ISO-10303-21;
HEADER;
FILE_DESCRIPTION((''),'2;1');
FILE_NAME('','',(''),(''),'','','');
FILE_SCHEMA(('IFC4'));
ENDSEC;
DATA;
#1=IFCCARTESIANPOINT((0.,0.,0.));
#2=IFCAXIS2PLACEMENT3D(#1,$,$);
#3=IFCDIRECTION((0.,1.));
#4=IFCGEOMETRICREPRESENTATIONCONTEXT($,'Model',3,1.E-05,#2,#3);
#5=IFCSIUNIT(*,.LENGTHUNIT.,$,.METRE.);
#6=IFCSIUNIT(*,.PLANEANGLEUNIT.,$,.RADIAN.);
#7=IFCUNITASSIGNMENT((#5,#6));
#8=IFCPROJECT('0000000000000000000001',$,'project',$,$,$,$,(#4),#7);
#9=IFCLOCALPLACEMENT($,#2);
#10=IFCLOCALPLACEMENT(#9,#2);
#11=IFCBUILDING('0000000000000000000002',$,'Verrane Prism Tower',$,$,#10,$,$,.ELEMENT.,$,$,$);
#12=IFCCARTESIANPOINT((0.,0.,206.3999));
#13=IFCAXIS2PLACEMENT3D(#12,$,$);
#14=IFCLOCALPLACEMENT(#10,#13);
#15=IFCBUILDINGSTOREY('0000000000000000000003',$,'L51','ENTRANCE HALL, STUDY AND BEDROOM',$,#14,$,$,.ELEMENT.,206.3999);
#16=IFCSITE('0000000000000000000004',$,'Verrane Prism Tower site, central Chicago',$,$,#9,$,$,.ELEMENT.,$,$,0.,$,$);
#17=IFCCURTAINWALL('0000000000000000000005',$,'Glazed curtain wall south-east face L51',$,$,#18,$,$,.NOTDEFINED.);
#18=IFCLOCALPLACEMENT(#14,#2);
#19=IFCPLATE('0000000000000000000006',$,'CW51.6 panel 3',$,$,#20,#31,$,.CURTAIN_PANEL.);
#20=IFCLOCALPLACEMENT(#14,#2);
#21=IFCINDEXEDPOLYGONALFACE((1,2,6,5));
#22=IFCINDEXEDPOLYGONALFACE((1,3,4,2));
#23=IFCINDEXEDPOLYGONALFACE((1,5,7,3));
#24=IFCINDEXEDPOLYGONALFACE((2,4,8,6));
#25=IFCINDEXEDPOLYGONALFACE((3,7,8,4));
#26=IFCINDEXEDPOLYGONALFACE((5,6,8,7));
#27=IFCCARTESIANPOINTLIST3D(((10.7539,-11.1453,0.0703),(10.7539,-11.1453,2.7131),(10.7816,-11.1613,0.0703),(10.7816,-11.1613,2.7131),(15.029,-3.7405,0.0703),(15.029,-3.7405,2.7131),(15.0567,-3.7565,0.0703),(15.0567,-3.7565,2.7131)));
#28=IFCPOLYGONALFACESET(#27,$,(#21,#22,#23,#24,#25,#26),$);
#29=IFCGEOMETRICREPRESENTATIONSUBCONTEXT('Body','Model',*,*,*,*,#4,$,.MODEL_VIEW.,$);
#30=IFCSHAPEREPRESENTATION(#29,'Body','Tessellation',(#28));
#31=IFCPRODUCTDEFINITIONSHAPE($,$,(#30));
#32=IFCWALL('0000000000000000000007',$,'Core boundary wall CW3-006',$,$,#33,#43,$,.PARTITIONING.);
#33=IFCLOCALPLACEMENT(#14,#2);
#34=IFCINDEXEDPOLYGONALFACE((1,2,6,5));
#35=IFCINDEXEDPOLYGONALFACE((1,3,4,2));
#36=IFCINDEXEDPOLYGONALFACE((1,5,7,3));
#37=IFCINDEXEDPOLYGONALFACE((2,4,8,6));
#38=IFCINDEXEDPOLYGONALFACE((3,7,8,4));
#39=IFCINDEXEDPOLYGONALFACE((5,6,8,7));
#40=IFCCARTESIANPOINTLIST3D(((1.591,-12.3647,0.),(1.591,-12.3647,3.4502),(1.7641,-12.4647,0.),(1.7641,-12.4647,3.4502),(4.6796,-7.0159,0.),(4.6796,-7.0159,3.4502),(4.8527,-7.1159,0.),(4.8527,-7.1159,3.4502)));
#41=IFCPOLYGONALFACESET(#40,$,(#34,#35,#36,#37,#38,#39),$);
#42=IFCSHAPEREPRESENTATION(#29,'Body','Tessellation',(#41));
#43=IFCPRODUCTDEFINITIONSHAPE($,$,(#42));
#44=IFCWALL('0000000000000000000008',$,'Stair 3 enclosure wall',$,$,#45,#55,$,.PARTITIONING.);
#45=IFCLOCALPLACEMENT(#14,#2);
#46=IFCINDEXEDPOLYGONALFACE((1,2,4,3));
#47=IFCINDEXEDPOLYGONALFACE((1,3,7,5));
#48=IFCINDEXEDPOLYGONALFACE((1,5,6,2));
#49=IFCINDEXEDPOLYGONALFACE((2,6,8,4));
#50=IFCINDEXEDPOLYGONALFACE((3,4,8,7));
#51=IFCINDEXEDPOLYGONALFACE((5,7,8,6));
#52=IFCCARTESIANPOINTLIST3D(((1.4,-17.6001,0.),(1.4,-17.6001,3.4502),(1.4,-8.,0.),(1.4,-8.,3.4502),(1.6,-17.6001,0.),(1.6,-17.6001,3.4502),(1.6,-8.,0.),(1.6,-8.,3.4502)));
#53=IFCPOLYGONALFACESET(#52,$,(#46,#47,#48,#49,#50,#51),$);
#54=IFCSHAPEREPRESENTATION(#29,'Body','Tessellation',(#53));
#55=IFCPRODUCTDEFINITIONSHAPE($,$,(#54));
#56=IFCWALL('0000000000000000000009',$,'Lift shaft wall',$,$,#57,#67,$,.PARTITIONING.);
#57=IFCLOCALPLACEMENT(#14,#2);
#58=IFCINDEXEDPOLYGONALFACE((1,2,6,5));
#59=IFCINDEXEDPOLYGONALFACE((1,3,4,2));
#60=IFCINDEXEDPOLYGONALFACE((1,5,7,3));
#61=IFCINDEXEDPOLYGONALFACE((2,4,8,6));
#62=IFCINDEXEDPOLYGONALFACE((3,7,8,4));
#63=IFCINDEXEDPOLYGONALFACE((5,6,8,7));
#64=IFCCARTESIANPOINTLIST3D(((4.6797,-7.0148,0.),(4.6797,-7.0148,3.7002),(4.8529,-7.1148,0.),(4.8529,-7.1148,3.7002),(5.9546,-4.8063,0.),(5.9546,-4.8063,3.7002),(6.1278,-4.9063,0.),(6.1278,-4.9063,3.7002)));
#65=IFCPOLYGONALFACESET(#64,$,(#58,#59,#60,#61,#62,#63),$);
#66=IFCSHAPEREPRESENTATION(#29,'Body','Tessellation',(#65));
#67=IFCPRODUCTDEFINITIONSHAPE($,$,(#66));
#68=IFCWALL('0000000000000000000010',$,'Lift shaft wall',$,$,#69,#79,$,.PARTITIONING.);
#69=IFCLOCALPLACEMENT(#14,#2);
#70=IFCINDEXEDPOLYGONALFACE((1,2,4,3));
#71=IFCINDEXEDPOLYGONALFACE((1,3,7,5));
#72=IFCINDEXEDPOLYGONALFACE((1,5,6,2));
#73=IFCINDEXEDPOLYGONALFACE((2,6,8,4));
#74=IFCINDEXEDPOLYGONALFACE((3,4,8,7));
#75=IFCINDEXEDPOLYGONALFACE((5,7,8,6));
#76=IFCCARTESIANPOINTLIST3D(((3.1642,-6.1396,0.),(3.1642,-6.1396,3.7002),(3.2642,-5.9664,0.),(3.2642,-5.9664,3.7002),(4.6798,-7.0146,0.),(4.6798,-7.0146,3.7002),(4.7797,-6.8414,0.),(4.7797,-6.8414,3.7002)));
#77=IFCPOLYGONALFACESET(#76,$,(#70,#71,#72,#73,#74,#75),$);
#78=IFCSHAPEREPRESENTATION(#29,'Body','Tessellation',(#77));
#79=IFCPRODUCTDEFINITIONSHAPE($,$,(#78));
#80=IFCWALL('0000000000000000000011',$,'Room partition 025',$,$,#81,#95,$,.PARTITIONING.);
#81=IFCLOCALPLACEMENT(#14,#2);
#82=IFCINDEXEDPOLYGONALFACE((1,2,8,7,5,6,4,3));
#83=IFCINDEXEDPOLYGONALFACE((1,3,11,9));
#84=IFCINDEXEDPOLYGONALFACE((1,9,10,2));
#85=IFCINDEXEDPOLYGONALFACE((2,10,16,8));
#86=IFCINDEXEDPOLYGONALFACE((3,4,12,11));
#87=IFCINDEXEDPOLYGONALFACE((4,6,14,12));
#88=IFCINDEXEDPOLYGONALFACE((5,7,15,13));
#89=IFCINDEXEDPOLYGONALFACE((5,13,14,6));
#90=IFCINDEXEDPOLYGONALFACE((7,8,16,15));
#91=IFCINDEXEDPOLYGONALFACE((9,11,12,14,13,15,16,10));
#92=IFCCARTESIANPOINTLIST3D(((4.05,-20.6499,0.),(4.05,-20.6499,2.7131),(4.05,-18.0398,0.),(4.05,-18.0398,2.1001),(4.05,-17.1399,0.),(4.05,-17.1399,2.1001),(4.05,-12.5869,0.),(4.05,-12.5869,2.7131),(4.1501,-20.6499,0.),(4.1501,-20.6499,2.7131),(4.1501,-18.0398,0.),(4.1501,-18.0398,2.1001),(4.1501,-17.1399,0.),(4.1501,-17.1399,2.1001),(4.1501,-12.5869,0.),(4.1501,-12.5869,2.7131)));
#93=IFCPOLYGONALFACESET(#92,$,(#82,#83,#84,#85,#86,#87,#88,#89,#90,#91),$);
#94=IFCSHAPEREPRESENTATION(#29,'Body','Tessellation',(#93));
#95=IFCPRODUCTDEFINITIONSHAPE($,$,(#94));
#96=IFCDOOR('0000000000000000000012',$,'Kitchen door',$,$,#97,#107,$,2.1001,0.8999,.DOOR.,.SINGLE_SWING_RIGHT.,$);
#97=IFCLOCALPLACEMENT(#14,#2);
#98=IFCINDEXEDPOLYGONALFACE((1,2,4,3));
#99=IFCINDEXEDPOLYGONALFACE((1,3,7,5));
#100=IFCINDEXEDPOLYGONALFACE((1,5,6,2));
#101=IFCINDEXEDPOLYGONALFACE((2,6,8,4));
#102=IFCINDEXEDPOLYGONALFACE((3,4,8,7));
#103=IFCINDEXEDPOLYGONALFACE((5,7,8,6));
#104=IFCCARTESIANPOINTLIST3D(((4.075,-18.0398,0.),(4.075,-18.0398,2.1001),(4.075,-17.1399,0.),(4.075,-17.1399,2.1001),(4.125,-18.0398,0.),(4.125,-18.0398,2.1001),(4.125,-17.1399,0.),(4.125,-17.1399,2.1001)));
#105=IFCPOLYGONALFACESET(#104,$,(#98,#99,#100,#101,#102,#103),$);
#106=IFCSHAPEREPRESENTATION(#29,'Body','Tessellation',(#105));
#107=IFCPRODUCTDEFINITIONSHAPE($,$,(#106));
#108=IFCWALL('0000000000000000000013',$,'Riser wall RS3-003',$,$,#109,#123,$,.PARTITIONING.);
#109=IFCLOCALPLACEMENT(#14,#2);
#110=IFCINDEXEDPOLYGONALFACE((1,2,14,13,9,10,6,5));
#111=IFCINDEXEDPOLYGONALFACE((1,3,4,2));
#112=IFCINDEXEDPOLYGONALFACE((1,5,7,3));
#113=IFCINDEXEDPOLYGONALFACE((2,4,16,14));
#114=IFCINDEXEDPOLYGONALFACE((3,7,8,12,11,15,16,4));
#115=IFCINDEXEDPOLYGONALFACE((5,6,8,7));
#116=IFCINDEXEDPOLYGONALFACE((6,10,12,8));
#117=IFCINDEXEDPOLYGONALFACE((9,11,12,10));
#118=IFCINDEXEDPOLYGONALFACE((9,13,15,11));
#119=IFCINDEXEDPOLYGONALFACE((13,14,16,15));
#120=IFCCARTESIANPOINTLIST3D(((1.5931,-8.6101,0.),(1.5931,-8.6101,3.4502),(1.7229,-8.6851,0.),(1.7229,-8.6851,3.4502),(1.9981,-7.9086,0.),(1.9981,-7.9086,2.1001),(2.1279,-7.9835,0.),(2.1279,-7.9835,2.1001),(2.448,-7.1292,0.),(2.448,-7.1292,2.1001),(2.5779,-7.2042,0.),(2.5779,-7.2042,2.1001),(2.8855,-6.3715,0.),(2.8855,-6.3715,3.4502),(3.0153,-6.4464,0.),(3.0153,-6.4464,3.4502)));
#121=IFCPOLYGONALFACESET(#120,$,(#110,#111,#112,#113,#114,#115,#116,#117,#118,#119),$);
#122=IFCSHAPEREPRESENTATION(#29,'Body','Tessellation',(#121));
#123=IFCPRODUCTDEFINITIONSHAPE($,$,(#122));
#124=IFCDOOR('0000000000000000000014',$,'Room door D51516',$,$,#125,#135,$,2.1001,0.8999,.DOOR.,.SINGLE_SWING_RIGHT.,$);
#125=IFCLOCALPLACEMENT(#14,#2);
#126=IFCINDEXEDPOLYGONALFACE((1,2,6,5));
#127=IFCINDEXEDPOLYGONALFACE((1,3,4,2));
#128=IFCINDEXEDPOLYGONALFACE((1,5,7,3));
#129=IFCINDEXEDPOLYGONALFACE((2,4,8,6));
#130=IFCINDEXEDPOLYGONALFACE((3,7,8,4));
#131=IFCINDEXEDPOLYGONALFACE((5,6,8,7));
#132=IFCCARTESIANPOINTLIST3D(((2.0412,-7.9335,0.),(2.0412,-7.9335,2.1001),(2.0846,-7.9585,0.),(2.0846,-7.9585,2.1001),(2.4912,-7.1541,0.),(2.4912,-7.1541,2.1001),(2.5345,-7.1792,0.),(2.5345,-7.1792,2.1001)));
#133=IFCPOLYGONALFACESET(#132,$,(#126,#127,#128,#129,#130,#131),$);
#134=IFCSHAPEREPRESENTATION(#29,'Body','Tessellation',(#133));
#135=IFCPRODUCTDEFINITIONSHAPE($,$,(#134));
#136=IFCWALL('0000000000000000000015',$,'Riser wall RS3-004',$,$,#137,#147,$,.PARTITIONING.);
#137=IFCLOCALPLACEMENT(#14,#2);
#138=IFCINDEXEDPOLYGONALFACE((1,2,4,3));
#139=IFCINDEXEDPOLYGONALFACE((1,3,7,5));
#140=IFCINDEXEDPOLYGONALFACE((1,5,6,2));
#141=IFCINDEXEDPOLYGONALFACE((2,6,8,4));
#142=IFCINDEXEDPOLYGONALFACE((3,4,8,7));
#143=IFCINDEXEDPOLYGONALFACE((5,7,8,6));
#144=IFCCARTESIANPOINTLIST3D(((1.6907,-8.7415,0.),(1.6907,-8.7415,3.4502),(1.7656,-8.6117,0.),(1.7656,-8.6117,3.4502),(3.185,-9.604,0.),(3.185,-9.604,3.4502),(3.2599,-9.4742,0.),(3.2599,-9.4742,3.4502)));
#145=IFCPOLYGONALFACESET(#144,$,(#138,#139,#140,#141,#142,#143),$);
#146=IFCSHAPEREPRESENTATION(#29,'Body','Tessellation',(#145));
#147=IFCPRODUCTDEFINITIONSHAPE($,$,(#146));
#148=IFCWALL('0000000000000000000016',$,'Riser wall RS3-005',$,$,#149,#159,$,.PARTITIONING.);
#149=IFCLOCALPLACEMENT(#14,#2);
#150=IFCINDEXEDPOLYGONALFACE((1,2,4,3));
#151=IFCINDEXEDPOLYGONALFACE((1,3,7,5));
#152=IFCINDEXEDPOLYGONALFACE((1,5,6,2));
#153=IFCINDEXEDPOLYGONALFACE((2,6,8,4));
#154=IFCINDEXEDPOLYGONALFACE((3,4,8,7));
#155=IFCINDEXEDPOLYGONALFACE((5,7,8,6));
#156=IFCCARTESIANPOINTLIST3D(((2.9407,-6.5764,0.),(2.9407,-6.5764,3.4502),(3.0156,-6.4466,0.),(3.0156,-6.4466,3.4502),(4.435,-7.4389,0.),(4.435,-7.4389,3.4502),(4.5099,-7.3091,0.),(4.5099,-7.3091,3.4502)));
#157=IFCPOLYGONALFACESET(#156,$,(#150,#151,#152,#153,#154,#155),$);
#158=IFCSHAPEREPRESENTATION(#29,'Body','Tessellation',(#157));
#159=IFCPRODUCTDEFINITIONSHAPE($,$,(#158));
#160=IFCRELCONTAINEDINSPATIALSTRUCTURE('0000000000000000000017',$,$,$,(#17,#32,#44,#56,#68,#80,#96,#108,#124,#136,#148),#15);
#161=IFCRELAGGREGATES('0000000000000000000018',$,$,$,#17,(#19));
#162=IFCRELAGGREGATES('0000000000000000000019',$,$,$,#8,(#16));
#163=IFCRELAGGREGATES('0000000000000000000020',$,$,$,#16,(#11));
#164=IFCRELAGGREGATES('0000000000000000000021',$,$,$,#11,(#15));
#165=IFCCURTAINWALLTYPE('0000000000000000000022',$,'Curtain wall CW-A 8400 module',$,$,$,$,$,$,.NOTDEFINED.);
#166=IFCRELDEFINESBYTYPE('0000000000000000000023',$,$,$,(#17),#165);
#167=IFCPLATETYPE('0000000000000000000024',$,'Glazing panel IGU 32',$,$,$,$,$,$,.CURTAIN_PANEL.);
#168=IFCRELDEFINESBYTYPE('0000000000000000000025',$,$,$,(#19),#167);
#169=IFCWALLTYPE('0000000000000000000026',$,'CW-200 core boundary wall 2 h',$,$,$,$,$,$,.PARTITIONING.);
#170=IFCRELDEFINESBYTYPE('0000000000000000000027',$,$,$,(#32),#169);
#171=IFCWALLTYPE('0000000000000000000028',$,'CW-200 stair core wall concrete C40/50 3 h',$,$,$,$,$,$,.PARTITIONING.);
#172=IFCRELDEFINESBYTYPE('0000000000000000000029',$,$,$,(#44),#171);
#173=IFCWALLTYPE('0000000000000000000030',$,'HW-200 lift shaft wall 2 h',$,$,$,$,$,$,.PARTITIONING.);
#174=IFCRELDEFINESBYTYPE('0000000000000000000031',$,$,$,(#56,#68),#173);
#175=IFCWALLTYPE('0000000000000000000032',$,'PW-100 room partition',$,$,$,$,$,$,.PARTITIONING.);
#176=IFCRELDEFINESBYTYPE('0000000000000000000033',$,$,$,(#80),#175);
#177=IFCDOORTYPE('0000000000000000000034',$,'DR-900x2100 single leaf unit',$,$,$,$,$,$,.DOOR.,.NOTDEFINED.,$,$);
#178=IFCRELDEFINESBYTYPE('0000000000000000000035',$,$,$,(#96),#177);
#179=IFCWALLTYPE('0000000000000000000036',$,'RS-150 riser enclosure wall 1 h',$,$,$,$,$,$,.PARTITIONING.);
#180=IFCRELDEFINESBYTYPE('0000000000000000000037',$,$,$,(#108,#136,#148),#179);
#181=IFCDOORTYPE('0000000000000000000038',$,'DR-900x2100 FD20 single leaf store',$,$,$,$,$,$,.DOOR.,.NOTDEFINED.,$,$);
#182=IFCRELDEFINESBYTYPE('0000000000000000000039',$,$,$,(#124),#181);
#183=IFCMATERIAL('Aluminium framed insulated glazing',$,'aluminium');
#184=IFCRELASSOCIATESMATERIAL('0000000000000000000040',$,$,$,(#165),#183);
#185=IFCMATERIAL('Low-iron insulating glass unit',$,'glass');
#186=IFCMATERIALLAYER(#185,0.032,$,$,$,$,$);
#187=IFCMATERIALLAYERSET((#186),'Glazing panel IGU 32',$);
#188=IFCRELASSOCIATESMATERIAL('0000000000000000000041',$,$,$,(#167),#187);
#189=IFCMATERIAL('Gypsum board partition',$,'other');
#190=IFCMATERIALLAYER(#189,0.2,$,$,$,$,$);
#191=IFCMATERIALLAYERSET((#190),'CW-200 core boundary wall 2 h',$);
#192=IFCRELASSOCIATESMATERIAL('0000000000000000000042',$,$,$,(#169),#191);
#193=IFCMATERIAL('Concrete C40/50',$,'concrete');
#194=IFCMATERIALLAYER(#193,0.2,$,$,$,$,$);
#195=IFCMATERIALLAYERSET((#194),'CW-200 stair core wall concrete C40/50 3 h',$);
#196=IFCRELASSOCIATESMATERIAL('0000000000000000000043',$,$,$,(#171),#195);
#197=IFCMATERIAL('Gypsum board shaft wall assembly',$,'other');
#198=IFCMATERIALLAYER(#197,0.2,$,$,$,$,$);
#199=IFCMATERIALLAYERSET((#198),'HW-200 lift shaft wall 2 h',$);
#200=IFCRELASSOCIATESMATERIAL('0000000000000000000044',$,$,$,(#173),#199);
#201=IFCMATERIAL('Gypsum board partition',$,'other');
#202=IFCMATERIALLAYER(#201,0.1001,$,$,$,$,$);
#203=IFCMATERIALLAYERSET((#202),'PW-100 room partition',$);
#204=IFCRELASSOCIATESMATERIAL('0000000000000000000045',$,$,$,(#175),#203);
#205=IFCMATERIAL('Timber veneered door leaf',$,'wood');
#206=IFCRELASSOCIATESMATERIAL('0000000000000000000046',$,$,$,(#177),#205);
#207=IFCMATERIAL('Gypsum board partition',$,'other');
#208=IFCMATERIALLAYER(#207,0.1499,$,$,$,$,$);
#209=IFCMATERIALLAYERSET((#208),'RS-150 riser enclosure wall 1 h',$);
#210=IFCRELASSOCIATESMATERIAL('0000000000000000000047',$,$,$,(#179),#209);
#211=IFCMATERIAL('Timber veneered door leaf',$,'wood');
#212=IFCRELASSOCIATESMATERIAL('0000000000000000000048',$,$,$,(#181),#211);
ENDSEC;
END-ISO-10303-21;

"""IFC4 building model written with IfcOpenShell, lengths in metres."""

from ifc_helpers import new_model, si_unit, direction, frame, frame_2d, origin, origin_2d, place, context, subcontext, project, spatial, rectangle, extrude, material, layer, layer_set, type_object, element, fill, aggregate, save


model = new_model("IFC4")

# Units and contexts
model_context = context("Model", 3, precision=1e-05, world=origin(), true_north=direction((0.0, 1.0)))
body_context = subcontext(model_context, "Body", "Model", "MODEL_VIEW")
ifc_project = project(units=[si_unit("LENGTHUNIT", "METRE"), si_unit("PLANEANGLEUNIT", "RADIAN")], contexts=[model_context])

# Site, building, storey
site_placement = place(None, origin())
site = spatial("IfcSite", under=ifc_project, at=site_placement, Name="Verrane Prism Tower site, central Chicago", CompositionType="ELEMENT", RefElevation=0.0)
building_placement = place(site_placement, origin())
building = spatial("IfcBuilding", under=site, at=building_placement, Name="Verrane Prism Tower", CompositionType="ELEMENT")
storey_placement = place(building_placement, frame((0.0, 0.0, 206.3999)))
storey = spatial("IfcBuildingStorey", under=building, at=storey_placement, Name="L51", Description="ENTRANCE HALL, STUDY AND BEDROOM", CompositionType="ELEMENT", Elevation=206.3999)

# Curtain wall
ifc_material_1 = material(Name="Aluminium framed insulated glazing", Category="aluminium")
curtain_wall_type = type_object("IfcCurtainWallType", Name="Curtain wall CW-A 8400 module", PredefinedType="NOTDEFINED", material=ifc_material_1)
curtain_wall_placement = place(storey_placement, origin())
curtain_wall = element("IfcCurtainWall", 1, at=curtain_wall_placement, inside=storey, type_object=curtain_wall_type, Name="Glazed curtain wall south-east face L51", PredefinedType="NOTDEFINED")

# Plate
ifc_material_2 = material(Name="Low-iron insulating glass unit", Category="glass")
ifc_layer_1 = layer(ifc_material_2, 0.032)
ifc_layer_set_1 = layer_set([ifc_layer_1], Name="Glazing panel IGU 32")
plate_type = type_object("IfcPlateType", Name="Glazing panel IGU 32", PredefinedType="CURTAIN_PANEL", material=ifc_layer_set_1)
plate_placement = place(storey_placement, frame((12.9053, -7.4509, 0.0703), z_axis=(0.0, 0.0, 1.0), x_axis=(0.499999, 0.866026, 0.0)))
plate = element("IfcPlate", 2, at=plate_placement, type_object=plate_type, Name="CW51.6 panel 3", PredefinedType="CURTAIN_PANEL", context=body_context, shape_type="SweptSolid", body=[
    extrude(rectangle(XDim=8.5503, YDim=0.032, at=origin_2d()), origin(), (0.0, 0.0, 1.0), 2.6428),
])
aggregate(curtain_wall, [plate])

# Walls
ifc_material_3 = material(Name="Gypsum board partition", Category="other")
ifc_layer_2 = layer(ifc_material_3, 0.2)
ifc_layer_set_2 = layer_set([ifc_layer_2], Name="CW-200 core boundary wall 2 h")
wall_type_1 = type_object("IfcWallType", Name="CW-200 core boundary wall 2 h", PredefinedType="PARTITIONING", material=ifc_layer_set_2)
wall_1_placement = place(storey_placement, frame((1.6775, -12.4148, 0.0), z_axis=(0.0, 0.0, 1.0), x_axis=(0.500054, 0.865994, 0.0)))
element("IfcWall", 3, at=wall_1_placement, inside=storey, type_object=wall_type_1, Name="Core boundary wall CW3-006", PredefinedType="PARTITIONING", context=body_context, shape_type="SweptSolid", body=[
    extrude(rectangle(XDim=6.1765, YDim=0.2, at=frame_2d((3.0884, 0.0))), origin(), (0.0, 0.0, 1.0), 3.4502),
])
ifc_material_4 = material(Name="Concrete C40/50", Category="concrete")
ifc_layer_3 = layer(ifc_material_4, 0.2)
ifc_layer_set_3 = layer_set([ifc_layer_3], Name="CW-200 stair core wall concrete C40/50 3 h")
wall_type_2 = type_object("IfcWallType", Name="CW-200 stair core wall concrete C40/50 3 h", PredefinedType="PARTITIONING", material=ifc_layer_set_3)
wall_2_placement = place(storey_placement, frame((1.5, -8.0, 0.0), z_axis=(0.0, 0.0, 1.0), x_axis=(0.0, -1.0, 0.0)))
element("IfcWall", 4, at=wall_2_placement, inside=storey, type_object=wall_type_2, Name="Stair 3 enclosure wall", PredefinedType="PARTITIONING", context=body_context, shape_type="SweptSolid", body=[
    extrude(rectangle(XDim=9.6001, YDim=0.2, at=frame_2d((4.8, 0.0))), origin(), (0.0, 0.0, 1.0), 3.4502),
])
ifc_material_5 = material(Name="Gypsum board shaft wall assembly", Category="other")
ifc_layer_4 = layer(ifc_material_5, 0.2)
ifc_layer_set_4 = layer_set([ifc_layer_4], Name="HW-200 lift shaft wall 2 h")
wall_type_3 = type_object("IfcWallType", Name="HW-200 lift shaft wall 2 h", PredefinedType="PARTITIONING", material=ifc_layer_set_4)
wall_3_placement = place(storey_placement, frame((4.7664, -7.0647, 0.0), z_axis=(0.0, 0.0, 1.0), x_axis=(0.499949, 0.866055, 0.0)))
element("IfcWall", 5, at=wall_3_placement, inside=storey, type_object=wall_type_3, Name="Lift shaft wall", PredefinedType="PARTITIONING", context=body_context, shape_type="SweptSolid", body=[
    extrude(rectangle(XDim=2.55, YDim=0.2, at=frame_2d((1.2749, 0.0))), origin(), (0.0, 0.0, 1.0), 3.7002),
])
wall_4_placement = place(storey_placement, frame((4.7297, -6.928, 0.0), z_axis=(0.0, 0.0, 1.0), x_axis=(-0.866037, 0.49998, 0.0)))
element("IfcWall", 6, at=wall_4_placement, inside=storey, type_object=wall_type_3, Name="Lift shaft wall", PredefinedType="PARTITIONING", context=body_context, shape_type="SweptSolid", body=[
    extrude(rectangle(XDim=1.75, YDim=0.2, at=frame_2d((0.875, 0.0))), origin(), (0.0, 0.0, 1.0), 3.7002),
])

# Walls, openings, doors
ifc_material_6 = material(Name="Gypsum board partition", Category="other")
ifc_layer_5 = layer(ifc_material_6, 0.1001)
ifc_layer_set_5 = layer_set([ifc_layer_5], Name="PW-100 room partition")
wall_type_4 = type_object("IfcWallType", Name="PW-100 room partition", PredefinedType="PARTITIONING", material=ifc_layer_set_5)
wall_5_placement = place(storey_placement, frame((4.1001, -12.5869, 0.0), z_axis=(0.0, 0.0, 1.0), x_axis=(0.0, -1.0, 0.0)))
wall_5 = element("IfcWall", 7, at=wall_5_placement, inside=storey, type_object=wall_type_4, Name="Room partition 025", PredefinedType="PARTITIONING", context=body_context, shape_type="SweptSolid", body=[
    extrude(rectangle(XDim=8.063, YDim=0.1001, at=frame_2d((4.0315, 0.0))), origin(), (0.0, 0.0, 1.0), 2.7131),
])
opening_1_placement = place(wall_5_placement, frame((4.553, 0.0, 0.0)))
opening_1 = element("IfcOpeningElement", 8, at=opening_1_placement, cuts=wall_5, PredefinedType="OPENING", context=body_context, shape_type="SweptSolid", body=[
    extrude(rectangle(XDim=0.8999, YDim=2.1001, at=frame_2d((0.45, 1.05))), frame((0.0, 0.0601, 0.0), z_axis=(0.0, -1.0, 0.0), x_axis=(1.0, 0.0, 0.0)), (0.0, 0.0, 1.0), 0.1201),
])
ifc_material_7 = material(Name="Timber veneered door leaf", Category="wood")
door_type_1 = type_object("IfcDoorType", Name="DR-900x2100 single leaf unit", OperationType="NOTDEFINED", PredefinedType="DOOR", material=ifc_material_7)
door_1_placement = place(opening_1_placement, origin())
door_1 = element("IfcDoor", 9, at=door_1_placement, inside=storey, type_object=door_type_1, Name="Kitchen door", OperationType="SINGLE_SWING_RIGHT", OverallHeight=2.1001, OverallWidth=0.8999, PredefinedType="DOOR", context=body_context, shape_type="SweptSolid", body=[
    extrude(rectangle(XDim=0.8999, YDim=2.1001, at=frame_2d((0.45, 1.05))), frame((0.0, 0.0249, 0.0), z_axis=(0.0, -1.0, 0.0), x_axis=(1.0, 0.0, 0.0)), (0.0, 0.0, 1.0), 0.05),
])
fill(opening_1, door_1)
ifc_material_8 = material(Name="Gypsum board partition", Category="other")
ifc_layer_6 = layer(ifc_material_8, 0.1499)
ifc_layer_set_6 = layer_set([ifc_layer_6], Name="RS-150 riser enclosure wall 1 h")
wall_type_5 = type_object("IfcWallType", Name="RS-150 riser enclosure wall 1 h", PredefinedType="PARTITIONING", material=ifc_layer_set_6)
wall_6_placement = place(storey_placement, frame((2.9504, -6.4089, 0.0), z_axis=(0.0, 0.0, 1.0), x_axis=(-0.499979, -0.866038, 0.0)))
wall_6 = element("IfcWall", 10, at=wall_6_placement, inside=storey, type_object=wall_type_5, Name="Riser wall RS3-003", PredefinedType="PARTITIONING", context=body_context, shape_type="SweptSolid", body=[
    extrude(rectangle(XDim=2.585, YDim=0.1499, at=frame_2d((1.2925, 0.0))), origin(), (0.0, 0.0, 1.0), 3.4502),
])
opening_2_placement = place(wall_6_placement, frame((0.875, 0.0, 0.0)))
opening_2 = element("IfcOpeningElement", 11, at=opening_2_placement, cuts=wall_6, PredefinedType="OPENING", context=body_context, shape_type="SweptSolid", body=[
    extrude(rectangle(XDim=0.8999, YDim=2.1001, at=frame_2d((0.45, 1.05))), frame((0.0, 0.085, 0.0), z_axis=(0.0, -1.0, 0.0), x_axis=(1.0, 0.0, 0.0)), (0.0, 0.0, 1.0), 0.1699),
])
ifc_material_9 = material(Name="Timber veneered door leaf", Category="wood")
door_type_2 = type_object("IfcDoorType", Name="DR-900x2100 FD20 single leaf store", OperationType="NOTDEFINED", PredefinedType="DOOR", material=ifc_material_9)
door_2_placement = place(opening_2_placement, origin())
door_2 = element("IfcDoor", 12, at=door_2_placement, inside=storey, type_object=door_type_2, Name="Room door D51516", OperationType="SINGLE_SWING_RIGHT", OverallHeight=2.1001, OverallWidth=0.8999, PredefinedType="DOOR", context=body_context, shape_type="SweptSolid", body=[
    extrude(rectangle(XDim=0.8999, YDim=2.1001, at=frame_2d((0.45, 1.05))), frame((0.0, 0.0249, 0.0), z_axis=(0.0, -1.0, 0.0), x_axis=(1.0, 0.0, 0.0)), (0.0, 0.0, 1.0), 0.05),
])
fill(opening_2, door_2)

# Walls
for number, where, z_axis, x_axis, name in (
    (13, (1.728, -8.6765, 0.0), (0.0, 0.0, 1.0), (0.866084, -0.499898, 0.0), "Riser wall RS3-004"),
    (14, (2.978, -6.5115, 0.0), (0.0, 0.0, 1.0), (0.866084, -0.499898, 0.0), "Riser wall RS3-005"),
):
    element("IfcWall", number, at=place(storey_placement, frame(where, z_axis=z_axis, x_axis=x_axis)), inside=storey, type_object=wall_type_5, Name=name, PredefinedType="PARTITIONING", context=body_context, shape_type="SweptSolid", body=[
        extrude(rectangle(XDim=1.7253, YDim=0.1499, at=frame_2d((0.8628, 0.0))), origin(), (0.0, 0.0, 1.0), 3.4502),
    ])

save(model, "model.ifc")
